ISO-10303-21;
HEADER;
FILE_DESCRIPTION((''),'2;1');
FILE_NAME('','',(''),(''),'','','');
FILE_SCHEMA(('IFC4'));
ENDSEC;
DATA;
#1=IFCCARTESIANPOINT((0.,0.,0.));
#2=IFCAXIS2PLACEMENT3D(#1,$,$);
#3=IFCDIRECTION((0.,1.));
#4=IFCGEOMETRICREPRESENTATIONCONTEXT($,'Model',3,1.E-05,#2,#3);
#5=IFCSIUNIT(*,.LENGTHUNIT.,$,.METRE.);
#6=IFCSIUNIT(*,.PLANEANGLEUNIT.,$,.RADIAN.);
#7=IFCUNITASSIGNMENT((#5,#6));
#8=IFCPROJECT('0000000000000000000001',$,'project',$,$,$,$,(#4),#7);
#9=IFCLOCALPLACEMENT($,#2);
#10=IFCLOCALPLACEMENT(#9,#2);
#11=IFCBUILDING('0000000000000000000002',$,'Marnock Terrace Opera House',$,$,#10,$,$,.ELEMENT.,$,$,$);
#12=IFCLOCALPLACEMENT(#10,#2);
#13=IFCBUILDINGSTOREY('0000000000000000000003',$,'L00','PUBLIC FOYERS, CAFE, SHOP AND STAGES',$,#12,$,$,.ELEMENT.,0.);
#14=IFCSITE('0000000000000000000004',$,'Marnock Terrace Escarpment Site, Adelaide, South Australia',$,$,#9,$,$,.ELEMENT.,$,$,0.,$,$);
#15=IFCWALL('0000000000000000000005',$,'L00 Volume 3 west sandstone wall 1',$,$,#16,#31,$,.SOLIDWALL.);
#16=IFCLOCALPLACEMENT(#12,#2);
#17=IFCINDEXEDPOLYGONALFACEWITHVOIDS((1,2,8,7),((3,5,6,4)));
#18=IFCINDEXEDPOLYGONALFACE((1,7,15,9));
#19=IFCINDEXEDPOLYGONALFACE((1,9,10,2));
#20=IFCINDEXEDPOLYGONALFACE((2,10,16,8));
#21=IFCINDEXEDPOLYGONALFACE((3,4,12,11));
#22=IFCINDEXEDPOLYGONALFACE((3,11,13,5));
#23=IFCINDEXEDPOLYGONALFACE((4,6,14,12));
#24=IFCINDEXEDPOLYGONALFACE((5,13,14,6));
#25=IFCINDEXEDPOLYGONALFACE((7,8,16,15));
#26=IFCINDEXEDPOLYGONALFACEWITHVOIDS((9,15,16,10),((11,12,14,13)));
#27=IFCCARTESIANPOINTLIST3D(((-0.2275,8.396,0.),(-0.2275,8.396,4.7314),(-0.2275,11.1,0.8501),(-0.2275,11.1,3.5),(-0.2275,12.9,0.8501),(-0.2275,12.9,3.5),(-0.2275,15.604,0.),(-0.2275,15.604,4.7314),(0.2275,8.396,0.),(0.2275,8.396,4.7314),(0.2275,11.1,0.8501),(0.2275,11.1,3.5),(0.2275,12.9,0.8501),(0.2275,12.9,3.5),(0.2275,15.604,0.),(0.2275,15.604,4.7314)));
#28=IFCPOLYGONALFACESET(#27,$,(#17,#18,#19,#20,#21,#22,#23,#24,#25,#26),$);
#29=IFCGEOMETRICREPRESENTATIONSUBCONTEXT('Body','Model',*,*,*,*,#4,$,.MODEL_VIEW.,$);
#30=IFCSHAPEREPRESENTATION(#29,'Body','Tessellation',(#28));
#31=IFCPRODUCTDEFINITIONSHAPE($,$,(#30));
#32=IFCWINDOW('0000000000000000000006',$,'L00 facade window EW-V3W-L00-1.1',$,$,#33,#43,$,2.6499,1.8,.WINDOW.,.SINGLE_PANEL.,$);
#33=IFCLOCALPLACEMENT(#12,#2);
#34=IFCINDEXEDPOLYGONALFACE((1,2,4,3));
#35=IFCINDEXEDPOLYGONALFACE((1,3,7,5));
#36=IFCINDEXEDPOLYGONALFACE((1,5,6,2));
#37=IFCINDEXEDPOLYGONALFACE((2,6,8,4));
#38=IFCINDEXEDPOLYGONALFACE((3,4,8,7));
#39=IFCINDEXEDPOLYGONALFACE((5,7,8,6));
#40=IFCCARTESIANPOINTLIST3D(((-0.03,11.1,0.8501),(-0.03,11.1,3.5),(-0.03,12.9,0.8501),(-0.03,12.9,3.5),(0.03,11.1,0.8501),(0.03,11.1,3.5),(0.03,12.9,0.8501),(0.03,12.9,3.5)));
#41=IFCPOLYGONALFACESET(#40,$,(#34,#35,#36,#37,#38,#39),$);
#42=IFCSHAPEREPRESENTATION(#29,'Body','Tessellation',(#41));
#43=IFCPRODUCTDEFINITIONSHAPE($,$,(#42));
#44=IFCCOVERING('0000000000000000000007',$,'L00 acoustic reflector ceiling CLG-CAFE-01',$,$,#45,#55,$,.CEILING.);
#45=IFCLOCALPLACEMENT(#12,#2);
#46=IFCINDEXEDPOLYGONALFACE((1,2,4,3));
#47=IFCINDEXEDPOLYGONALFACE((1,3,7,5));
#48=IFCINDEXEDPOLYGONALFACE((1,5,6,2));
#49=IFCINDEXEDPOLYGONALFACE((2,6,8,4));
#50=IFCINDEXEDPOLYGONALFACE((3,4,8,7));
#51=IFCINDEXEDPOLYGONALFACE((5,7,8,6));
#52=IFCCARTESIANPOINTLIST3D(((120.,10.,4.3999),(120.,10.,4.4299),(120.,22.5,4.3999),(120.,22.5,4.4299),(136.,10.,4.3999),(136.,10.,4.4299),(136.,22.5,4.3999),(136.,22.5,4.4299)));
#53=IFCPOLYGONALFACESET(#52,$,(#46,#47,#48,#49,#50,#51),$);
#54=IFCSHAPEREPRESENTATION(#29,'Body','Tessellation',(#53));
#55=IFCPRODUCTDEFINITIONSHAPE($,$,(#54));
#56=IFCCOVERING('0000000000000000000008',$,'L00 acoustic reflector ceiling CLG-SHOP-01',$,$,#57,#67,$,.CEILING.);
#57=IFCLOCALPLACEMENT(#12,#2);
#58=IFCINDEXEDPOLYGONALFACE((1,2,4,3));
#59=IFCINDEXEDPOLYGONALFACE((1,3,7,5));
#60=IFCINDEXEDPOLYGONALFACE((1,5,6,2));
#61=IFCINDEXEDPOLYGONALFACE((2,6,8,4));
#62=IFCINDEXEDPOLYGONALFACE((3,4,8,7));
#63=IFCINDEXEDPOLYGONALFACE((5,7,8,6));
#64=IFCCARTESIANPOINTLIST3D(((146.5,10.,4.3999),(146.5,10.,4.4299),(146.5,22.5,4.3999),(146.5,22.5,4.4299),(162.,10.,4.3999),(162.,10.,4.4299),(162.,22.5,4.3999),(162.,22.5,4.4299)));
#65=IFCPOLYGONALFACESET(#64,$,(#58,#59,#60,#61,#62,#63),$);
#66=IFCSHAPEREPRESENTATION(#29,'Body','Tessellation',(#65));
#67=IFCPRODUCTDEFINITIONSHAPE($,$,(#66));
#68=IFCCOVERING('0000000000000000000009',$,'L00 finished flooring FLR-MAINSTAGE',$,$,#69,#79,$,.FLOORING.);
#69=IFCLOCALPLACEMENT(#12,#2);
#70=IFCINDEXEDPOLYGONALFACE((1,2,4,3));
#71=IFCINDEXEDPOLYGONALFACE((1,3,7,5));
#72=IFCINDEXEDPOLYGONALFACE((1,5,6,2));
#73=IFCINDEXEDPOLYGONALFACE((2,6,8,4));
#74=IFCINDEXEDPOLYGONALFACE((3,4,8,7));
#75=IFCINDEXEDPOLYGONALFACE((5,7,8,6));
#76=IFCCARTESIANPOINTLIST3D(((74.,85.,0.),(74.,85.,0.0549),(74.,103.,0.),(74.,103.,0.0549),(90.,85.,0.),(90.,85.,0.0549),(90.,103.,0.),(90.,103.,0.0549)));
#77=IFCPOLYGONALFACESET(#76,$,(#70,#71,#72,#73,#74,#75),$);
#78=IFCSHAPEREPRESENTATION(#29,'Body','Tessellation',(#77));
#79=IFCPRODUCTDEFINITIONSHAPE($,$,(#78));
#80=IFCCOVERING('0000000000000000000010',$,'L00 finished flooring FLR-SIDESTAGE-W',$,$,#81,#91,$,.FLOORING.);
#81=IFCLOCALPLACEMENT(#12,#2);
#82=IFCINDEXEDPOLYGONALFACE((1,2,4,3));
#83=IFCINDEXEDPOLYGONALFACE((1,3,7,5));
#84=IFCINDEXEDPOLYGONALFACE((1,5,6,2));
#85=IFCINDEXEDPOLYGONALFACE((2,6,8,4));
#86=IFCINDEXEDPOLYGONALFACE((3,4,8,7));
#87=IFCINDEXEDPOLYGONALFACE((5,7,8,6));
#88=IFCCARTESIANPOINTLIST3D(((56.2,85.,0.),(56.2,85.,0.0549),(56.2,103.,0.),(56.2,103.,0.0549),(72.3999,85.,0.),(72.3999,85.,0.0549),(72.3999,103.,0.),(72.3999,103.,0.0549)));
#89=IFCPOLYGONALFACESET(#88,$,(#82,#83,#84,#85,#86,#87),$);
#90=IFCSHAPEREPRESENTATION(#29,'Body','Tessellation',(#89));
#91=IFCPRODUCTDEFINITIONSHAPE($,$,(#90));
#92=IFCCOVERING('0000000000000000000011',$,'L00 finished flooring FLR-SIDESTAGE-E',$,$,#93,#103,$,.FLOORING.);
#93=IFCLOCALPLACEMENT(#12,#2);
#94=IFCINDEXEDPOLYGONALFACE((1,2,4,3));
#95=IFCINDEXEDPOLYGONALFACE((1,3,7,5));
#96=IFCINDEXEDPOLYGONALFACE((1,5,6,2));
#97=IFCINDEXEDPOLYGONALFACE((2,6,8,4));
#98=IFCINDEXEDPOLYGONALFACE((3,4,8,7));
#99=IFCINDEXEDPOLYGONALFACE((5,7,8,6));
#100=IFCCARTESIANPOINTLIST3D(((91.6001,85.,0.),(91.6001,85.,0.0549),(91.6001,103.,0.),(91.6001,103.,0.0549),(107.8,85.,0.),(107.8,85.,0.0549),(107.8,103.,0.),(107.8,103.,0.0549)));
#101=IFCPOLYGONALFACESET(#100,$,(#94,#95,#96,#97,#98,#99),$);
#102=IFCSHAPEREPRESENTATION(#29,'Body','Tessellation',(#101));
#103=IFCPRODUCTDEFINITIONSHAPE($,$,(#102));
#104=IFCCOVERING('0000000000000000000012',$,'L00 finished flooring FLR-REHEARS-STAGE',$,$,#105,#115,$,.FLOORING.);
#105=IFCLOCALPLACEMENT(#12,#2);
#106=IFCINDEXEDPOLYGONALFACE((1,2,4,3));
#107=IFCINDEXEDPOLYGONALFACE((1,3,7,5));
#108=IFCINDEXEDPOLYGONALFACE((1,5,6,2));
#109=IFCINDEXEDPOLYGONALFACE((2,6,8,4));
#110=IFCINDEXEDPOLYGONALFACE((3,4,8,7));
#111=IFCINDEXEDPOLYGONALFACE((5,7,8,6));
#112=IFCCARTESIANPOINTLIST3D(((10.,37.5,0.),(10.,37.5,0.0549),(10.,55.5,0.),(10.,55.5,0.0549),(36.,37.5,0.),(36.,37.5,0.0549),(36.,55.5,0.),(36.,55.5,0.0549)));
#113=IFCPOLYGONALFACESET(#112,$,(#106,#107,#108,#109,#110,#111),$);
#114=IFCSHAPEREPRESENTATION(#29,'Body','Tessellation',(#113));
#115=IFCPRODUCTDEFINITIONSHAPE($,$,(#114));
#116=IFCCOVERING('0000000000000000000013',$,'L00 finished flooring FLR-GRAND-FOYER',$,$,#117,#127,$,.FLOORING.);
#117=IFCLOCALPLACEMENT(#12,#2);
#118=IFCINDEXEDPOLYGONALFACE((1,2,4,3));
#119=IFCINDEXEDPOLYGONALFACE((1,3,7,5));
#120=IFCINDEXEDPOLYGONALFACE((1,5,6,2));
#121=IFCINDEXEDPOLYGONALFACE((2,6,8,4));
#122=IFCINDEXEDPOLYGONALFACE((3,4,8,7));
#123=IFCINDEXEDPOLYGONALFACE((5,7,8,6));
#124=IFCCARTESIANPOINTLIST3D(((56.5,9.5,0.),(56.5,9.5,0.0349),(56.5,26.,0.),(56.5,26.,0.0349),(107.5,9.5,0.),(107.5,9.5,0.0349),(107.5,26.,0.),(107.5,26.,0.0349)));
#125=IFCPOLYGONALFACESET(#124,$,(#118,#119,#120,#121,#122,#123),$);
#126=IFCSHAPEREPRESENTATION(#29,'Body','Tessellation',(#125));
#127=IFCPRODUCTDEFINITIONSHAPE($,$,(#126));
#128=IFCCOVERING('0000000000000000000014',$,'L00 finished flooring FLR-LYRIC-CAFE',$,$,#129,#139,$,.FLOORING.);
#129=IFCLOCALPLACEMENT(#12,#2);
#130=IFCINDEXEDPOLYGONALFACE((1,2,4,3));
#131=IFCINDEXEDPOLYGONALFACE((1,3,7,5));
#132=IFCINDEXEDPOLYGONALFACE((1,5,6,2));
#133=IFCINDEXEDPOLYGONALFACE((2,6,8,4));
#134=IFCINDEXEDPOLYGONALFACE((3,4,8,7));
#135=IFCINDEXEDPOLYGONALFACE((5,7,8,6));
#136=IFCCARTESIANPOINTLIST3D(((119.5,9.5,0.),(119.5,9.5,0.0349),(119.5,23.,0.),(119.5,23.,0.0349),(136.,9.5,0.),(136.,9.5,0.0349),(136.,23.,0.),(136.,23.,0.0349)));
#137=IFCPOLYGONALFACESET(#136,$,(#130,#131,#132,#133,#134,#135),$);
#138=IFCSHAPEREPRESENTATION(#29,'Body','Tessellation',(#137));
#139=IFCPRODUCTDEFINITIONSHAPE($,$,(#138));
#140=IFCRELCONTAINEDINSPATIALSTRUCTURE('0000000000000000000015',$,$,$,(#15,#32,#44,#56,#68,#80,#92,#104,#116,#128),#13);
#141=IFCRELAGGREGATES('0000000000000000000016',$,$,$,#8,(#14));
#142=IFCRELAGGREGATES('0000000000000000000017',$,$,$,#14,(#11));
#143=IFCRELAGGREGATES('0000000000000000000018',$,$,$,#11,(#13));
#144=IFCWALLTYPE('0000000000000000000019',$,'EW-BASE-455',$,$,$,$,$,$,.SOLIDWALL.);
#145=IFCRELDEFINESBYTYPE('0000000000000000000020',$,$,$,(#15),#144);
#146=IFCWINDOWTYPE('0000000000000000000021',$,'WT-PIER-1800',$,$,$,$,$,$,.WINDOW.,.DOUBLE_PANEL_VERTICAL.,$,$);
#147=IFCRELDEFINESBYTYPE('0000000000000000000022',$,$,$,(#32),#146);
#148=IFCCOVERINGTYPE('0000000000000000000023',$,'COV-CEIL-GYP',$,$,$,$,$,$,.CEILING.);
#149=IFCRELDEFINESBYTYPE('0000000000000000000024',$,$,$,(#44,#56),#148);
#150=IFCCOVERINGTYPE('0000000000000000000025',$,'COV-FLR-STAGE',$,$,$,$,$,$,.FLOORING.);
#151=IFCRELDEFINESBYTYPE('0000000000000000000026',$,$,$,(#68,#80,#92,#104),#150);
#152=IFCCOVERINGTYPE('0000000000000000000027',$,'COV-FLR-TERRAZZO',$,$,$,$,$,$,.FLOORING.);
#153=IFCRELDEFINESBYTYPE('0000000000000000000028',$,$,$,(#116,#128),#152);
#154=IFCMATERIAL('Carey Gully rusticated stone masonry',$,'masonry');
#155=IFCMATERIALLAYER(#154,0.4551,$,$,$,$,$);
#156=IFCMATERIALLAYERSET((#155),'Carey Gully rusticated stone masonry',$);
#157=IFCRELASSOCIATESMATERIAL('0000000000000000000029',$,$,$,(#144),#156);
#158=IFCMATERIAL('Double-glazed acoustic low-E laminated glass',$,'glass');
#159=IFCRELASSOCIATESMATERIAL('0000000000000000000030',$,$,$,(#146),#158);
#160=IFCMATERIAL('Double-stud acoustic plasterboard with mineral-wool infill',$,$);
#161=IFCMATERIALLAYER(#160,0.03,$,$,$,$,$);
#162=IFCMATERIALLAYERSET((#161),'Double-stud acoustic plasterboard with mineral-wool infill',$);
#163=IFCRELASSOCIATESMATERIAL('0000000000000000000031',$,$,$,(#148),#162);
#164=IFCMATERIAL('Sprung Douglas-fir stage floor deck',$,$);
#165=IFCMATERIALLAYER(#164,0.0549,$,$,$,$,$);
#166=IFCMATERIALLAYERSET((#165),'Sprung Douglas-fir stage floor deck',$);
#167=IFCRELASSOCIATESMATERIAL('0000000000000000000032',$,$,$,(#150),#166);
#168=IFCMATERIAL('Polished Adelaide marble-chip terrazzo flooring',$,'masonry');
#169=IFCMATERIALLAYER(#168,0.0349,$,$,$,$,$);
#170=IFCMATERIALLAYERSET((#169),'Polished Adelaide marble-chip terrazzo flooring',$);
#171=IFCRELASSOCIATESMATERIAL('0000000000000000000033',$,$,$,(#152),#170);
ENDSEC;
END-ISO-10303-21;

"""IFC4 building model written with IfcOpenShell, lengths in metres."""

from ifc_helpers import new_model, si_unit, direction, frame, frame_2d, origin, place, context, subcontext, project, spatial, polyline, rectangle, outline, extrude, material, layer, layer_set, type_object, element, fill, save


model = new_model("IFC4")

# Units and contexts
model_context = context("Model", 3, precision=1e-05, world=origin(), true_north=direction((0.0, 1.0)))
body_context = subcontext(model_context, "Body", "Model", "MODEL_VIEW")
ifc_project = project(units=[si_unit("LENGTHUNIT", "METRE"), si_unit("PLANEANGLEUNIT", "RADIAN")], contexts=[model_context])

# Site, building, storey
site_placement = place(None, origin())
site = spatial("IfcSite", under=ifc_project, at=site_placement, Name="Marnock Terrace Escarpment Site, Adelaide, South Australia", CompositionType="ELEMENT", RefElevation=0.0)
building_placement = place(site_placement, origin())
building = spatial("IfcBuilding", under=site, at=building_placement, Name="Marnock Terrace Opera House", CompositionType="ELEMENT")
storey_placement = place(building_placement, origin())
storey = spatial("IfcBuildingStorey", under=building, at=storey_placement, Name="L00", Description="PUBLIC FOYERS, CAFE, SHOP AND STAGES", CompositionType="ELEMENT", Elevation=0.0)

# Wall, opening, window
ifc_material_1 = material(Name="Carey Gully rusticated stone masonry", Category="masonry")
ifc_layer_1 = layer(ifc_material_1, 0.4551)
ifc_layer_set_1 = layer_set([ifc_layer_1], Name="Carey Gully rusticated stone masonry")
wall_type = type_object("IfcWallType", Name="EW-BASE-455", PredefinedType="SOLIDWALL", material=ifc_layer_set_1)
wall_placement = place(storey_placement, frame((0.0, 8.396, 0.0), z_axis=(0.0, 0.0, 1.0), x_axis=(0.0, 1.0, 0.0)))
wall = element("IfcWall", 1, at=wall_placement, inside=storey, type_object=wall_type, Name="L00 Volume 3 west sandstone wall 1", PredefinedType="SOLIDWALL", context=body_context, shape_type="SweptSolid", body=[
    extrude(rectangle(XDim=7.208, YDim=0.4551, at=frame_2d((3.604, 0.0))), origin(), (0.0, 0.0, 1.0), 4.7314),
])
opening_placement = place(wall_placement, frame((2.7041, 0.0, 0.8501)))
opening = element("IfcOpeningElement", 2, at=opening_placement, cuts=wall, PredefinedType="OPENING", context=body_context, shape_type="SweptSolid", body=[
    extrude(rectangle(XDim=1.8, YDim=2.6499, at=frame_2d((0.8999, 1.325))), frame((0.0, 0.2375, 0.0), z_axis=(0.0, -1.0, 0.0), x_axis=(1.0, 0.0, 0.0)), (0.0, 0.0, 1.0), 0.4751),
])
ifc_material_2 = material(Name="Double-glazed acoustic low-E laminated glass", Category="glass")
window_type = type_object("IfcWindowType", Name="WT-PIER-1800", PartitioningType="DOUBLE_PANEL_VERTICAL", PredefinedType="WINDOW", material=ifc_material_2)
window_placement = place(opening_placement, origin())
window = element("IfcWindow", 3, at=window_placement, inside=storey, type_object=window_type, Name="L00 facade window EW-V3W-L00-1.1", OverallHeight=2.6499, OverallWidth=1.8, PartitioningType="SINGLE_PANEL", PredefinedType="WINDOW", context=body_context, shape_type="SweptSolid", body=[
    extrude(rectangle(XDim=1.8, YDim=2.6499, at=frame_2d((0.8999, 1.325))), frame((0.0, 0.03, 0.0), z_axis=(0.0, -1.0, 0.0), x_axis=(1.0, 0.0, 0.0)), (0.0, 0.0, 1.0), 0.0601),
])
fill(opening, window)

# Coverings
ifc_material_3 = material(Name="Double-stud acoustic plasterboard with mineral-wool infill")
ifc_layer_2 = layer(ifc_material_3, 0.03)
ifc_layer_set_2 = layer_set([ifc_layer_2], Name="Double-stud acoustic plasterboard with mineral-wool infill")
covering_type_1 = type_object("IfcCoveringType", Name="COV-CEIL-GYP", PredefinedType="CEILING", material=ifc_layer_set_2)
covering_1_placement = place(storey_placement, frame((0.0, 0.0, 4.3999)))
element("IfcCovering", 4, at=covering_1_placement, inside=storey, type_object=covering_type_1, Name="L00 acoustic reflector ceiling CLG-CAFE-01", PredefinedType="CEILING", context=body_context, shape_type="SweptSolid", body=[
    extrude(outline(polyline([(120.0, 10.0), (136.0, 10.0), (136.0, 22.5), (120.0, 22.5), (120.0, 10.0)])), origin(), (0.0, 0.0, 1.0), 0.03),
])
covering_2_placement = place(storey_placement, frame((0.0, 0.0, 4.3999)))
element("IfcCovering", 5, at=covering_2_placement, inside=storey, type_object=covering_type_1, Name="L00 acoustic reflector ceiling CLG-SHOP-01", PredefinedType="CEILING", context=body_context, shape_type="SweptSolid", body=[
    extrude(outline(polyline([(146.5, 10.0), (162.0, 10.0), (162.0, 22.5), (146.5, 22.5), (146.5, 10.0)])), origin(), (0.0, 0.0, 1.0), 0.03),
])
ifc_material_4 = material(Name="Sprung Douglas-fir stage floor deck")
ifc_layer_3 = layer(ifc_material_4, 0.0549)
ifc_layer_set_3 = layer_set([ifc_layer_3], Name="Sprung Douglas-fir stage floor deck")
covering_type_2 = type_object("IfcCoveringType", Name="COV-FLR-STAGE", PredefinedType="FLOORING", material=ifc_layer_set_3)
covering_3_placement = place(storey_placement, origin())
element("IfcCovering", 6, at=covering_3_placement, inside=storey, type_object=covering_type_2, Name="L00 finished flooring FLR-MAINSTAGE", PredefinedType="FLOORING", context=body_context, shape_type="SweptSolid", body=[
    extrude(outline(polyline([(74.0, 85.0), (90.0, 85.0), (90.0, 103.0), (74.0, 103.0), (74.0, 85.0)])), origin(), (0.0, 0.0, 1.0), 0.0549),
])
covering_4_placement = place(storey_placement, origin())
element("IfcCovering", 7, at=covering_4_placement, inside=storey, type_object=covering_type_2, Name="L00 finished flooring FLR-SIDESTAGE-W", PredefinedType="FLOORING", context=body_context, shape_type="SweptSolid", body=[
    extrude(outline(polyline([(56.2, 85.0), (72.3999, 85.0), (72.3999, 103.0), (56.2, 103.0), (56.2, 85.0)])), origin(), (0.0, 0.0, 1.0), 0.0549),
])
covering_5_placement = place(storey_placement, origin())
element("IfcCovering", 8, at=covering_5_placement, inside=storey, type_object=covering_type_2, Name="L00 finished flooring FLR-SIDESTAGE-E", PredefinedType="FLOORING", context=body_context, shape_type="SweptSolid", body=[
    extrude(outline(polyline([(91.6001, 85.0), (107.8, 85.0), (107.8, 103.0), (91.6001, 103.0), (91.6001, 85.0)])), origin(), (0.0, 0.0, 1.0), 0.0549),
])
covering_6_placement = place(storey_placement, origin())
element("IfcCovering", 9, at=covering_6_placement, inside=storey, type_object=covering_type_2, Name="L00 finished flooring FLR-REHEARS-STAGE", PredefinedType="FLOORING", context=body_context, shape_type="SweptSolid", body=[
    extrude(outline(polyline([(10.0, 37.5), (36.0, 37.5), (36.0, 55.5), (10.0, 55.5), (10.0, 37.5)])), origin(), (0.0, 0.0, 1.0), 0.0549),
])
ifc_material_5 = material(Name="Polished Adelaide marble-chip terrazzo flooring", Category="masonry")
ifc_layer_4 = layer(ifc_material_5, 0.0349)
ifc_layer_set_4 = layer_set([ifc_layer_4], Name="Polished Adelaide marble-chip terrazzo flooring")
covering_type_3 = type_object("IfcCoveringType", Name="COV-FLR-TERRAZZO", PredefinedType="FLOORING", material=ifc_layer_set_4)
covering_7_placement = place(storey_placement, origin())
element("IfcCovering", 10, at=covering_7_placement, inside=storey, type_object=covering_type_3, Name="L00 finished flooring FLR-GRAND-FOYER", PredefinedType="FLOORING", context=body_context, shape_type="SweptSolid", body=[
    extrude(outline(polyline([(56.5, 9.5), (107.5, 9.5), (107.5, 26.0), (56.5, 26.0), (56.5, 9.5)])), origin(), (0.0, 0.0, 1.0), 0.0349),
])
covering_8_placement = place(storey_placement, origin())
element("IfcCovering", 11, at=covering_8_placement, inside=storey, type_object=covering_type_3, Name="L00 finished flooring FLR-LYRIC-CAFE", PredefinedType="FLOORING", context=body_context, shape_type="SweptSolid", body=[
    extrude(outline(polyline([(119.5, 9.5), (136.0, 9.5), (136.0, 23.0), (119.5, 23.0), (119.5, 9.5)])), origin(), (0.0, 0.0, 1.0), 0.0349),
])

save(model, "model.ifc")
